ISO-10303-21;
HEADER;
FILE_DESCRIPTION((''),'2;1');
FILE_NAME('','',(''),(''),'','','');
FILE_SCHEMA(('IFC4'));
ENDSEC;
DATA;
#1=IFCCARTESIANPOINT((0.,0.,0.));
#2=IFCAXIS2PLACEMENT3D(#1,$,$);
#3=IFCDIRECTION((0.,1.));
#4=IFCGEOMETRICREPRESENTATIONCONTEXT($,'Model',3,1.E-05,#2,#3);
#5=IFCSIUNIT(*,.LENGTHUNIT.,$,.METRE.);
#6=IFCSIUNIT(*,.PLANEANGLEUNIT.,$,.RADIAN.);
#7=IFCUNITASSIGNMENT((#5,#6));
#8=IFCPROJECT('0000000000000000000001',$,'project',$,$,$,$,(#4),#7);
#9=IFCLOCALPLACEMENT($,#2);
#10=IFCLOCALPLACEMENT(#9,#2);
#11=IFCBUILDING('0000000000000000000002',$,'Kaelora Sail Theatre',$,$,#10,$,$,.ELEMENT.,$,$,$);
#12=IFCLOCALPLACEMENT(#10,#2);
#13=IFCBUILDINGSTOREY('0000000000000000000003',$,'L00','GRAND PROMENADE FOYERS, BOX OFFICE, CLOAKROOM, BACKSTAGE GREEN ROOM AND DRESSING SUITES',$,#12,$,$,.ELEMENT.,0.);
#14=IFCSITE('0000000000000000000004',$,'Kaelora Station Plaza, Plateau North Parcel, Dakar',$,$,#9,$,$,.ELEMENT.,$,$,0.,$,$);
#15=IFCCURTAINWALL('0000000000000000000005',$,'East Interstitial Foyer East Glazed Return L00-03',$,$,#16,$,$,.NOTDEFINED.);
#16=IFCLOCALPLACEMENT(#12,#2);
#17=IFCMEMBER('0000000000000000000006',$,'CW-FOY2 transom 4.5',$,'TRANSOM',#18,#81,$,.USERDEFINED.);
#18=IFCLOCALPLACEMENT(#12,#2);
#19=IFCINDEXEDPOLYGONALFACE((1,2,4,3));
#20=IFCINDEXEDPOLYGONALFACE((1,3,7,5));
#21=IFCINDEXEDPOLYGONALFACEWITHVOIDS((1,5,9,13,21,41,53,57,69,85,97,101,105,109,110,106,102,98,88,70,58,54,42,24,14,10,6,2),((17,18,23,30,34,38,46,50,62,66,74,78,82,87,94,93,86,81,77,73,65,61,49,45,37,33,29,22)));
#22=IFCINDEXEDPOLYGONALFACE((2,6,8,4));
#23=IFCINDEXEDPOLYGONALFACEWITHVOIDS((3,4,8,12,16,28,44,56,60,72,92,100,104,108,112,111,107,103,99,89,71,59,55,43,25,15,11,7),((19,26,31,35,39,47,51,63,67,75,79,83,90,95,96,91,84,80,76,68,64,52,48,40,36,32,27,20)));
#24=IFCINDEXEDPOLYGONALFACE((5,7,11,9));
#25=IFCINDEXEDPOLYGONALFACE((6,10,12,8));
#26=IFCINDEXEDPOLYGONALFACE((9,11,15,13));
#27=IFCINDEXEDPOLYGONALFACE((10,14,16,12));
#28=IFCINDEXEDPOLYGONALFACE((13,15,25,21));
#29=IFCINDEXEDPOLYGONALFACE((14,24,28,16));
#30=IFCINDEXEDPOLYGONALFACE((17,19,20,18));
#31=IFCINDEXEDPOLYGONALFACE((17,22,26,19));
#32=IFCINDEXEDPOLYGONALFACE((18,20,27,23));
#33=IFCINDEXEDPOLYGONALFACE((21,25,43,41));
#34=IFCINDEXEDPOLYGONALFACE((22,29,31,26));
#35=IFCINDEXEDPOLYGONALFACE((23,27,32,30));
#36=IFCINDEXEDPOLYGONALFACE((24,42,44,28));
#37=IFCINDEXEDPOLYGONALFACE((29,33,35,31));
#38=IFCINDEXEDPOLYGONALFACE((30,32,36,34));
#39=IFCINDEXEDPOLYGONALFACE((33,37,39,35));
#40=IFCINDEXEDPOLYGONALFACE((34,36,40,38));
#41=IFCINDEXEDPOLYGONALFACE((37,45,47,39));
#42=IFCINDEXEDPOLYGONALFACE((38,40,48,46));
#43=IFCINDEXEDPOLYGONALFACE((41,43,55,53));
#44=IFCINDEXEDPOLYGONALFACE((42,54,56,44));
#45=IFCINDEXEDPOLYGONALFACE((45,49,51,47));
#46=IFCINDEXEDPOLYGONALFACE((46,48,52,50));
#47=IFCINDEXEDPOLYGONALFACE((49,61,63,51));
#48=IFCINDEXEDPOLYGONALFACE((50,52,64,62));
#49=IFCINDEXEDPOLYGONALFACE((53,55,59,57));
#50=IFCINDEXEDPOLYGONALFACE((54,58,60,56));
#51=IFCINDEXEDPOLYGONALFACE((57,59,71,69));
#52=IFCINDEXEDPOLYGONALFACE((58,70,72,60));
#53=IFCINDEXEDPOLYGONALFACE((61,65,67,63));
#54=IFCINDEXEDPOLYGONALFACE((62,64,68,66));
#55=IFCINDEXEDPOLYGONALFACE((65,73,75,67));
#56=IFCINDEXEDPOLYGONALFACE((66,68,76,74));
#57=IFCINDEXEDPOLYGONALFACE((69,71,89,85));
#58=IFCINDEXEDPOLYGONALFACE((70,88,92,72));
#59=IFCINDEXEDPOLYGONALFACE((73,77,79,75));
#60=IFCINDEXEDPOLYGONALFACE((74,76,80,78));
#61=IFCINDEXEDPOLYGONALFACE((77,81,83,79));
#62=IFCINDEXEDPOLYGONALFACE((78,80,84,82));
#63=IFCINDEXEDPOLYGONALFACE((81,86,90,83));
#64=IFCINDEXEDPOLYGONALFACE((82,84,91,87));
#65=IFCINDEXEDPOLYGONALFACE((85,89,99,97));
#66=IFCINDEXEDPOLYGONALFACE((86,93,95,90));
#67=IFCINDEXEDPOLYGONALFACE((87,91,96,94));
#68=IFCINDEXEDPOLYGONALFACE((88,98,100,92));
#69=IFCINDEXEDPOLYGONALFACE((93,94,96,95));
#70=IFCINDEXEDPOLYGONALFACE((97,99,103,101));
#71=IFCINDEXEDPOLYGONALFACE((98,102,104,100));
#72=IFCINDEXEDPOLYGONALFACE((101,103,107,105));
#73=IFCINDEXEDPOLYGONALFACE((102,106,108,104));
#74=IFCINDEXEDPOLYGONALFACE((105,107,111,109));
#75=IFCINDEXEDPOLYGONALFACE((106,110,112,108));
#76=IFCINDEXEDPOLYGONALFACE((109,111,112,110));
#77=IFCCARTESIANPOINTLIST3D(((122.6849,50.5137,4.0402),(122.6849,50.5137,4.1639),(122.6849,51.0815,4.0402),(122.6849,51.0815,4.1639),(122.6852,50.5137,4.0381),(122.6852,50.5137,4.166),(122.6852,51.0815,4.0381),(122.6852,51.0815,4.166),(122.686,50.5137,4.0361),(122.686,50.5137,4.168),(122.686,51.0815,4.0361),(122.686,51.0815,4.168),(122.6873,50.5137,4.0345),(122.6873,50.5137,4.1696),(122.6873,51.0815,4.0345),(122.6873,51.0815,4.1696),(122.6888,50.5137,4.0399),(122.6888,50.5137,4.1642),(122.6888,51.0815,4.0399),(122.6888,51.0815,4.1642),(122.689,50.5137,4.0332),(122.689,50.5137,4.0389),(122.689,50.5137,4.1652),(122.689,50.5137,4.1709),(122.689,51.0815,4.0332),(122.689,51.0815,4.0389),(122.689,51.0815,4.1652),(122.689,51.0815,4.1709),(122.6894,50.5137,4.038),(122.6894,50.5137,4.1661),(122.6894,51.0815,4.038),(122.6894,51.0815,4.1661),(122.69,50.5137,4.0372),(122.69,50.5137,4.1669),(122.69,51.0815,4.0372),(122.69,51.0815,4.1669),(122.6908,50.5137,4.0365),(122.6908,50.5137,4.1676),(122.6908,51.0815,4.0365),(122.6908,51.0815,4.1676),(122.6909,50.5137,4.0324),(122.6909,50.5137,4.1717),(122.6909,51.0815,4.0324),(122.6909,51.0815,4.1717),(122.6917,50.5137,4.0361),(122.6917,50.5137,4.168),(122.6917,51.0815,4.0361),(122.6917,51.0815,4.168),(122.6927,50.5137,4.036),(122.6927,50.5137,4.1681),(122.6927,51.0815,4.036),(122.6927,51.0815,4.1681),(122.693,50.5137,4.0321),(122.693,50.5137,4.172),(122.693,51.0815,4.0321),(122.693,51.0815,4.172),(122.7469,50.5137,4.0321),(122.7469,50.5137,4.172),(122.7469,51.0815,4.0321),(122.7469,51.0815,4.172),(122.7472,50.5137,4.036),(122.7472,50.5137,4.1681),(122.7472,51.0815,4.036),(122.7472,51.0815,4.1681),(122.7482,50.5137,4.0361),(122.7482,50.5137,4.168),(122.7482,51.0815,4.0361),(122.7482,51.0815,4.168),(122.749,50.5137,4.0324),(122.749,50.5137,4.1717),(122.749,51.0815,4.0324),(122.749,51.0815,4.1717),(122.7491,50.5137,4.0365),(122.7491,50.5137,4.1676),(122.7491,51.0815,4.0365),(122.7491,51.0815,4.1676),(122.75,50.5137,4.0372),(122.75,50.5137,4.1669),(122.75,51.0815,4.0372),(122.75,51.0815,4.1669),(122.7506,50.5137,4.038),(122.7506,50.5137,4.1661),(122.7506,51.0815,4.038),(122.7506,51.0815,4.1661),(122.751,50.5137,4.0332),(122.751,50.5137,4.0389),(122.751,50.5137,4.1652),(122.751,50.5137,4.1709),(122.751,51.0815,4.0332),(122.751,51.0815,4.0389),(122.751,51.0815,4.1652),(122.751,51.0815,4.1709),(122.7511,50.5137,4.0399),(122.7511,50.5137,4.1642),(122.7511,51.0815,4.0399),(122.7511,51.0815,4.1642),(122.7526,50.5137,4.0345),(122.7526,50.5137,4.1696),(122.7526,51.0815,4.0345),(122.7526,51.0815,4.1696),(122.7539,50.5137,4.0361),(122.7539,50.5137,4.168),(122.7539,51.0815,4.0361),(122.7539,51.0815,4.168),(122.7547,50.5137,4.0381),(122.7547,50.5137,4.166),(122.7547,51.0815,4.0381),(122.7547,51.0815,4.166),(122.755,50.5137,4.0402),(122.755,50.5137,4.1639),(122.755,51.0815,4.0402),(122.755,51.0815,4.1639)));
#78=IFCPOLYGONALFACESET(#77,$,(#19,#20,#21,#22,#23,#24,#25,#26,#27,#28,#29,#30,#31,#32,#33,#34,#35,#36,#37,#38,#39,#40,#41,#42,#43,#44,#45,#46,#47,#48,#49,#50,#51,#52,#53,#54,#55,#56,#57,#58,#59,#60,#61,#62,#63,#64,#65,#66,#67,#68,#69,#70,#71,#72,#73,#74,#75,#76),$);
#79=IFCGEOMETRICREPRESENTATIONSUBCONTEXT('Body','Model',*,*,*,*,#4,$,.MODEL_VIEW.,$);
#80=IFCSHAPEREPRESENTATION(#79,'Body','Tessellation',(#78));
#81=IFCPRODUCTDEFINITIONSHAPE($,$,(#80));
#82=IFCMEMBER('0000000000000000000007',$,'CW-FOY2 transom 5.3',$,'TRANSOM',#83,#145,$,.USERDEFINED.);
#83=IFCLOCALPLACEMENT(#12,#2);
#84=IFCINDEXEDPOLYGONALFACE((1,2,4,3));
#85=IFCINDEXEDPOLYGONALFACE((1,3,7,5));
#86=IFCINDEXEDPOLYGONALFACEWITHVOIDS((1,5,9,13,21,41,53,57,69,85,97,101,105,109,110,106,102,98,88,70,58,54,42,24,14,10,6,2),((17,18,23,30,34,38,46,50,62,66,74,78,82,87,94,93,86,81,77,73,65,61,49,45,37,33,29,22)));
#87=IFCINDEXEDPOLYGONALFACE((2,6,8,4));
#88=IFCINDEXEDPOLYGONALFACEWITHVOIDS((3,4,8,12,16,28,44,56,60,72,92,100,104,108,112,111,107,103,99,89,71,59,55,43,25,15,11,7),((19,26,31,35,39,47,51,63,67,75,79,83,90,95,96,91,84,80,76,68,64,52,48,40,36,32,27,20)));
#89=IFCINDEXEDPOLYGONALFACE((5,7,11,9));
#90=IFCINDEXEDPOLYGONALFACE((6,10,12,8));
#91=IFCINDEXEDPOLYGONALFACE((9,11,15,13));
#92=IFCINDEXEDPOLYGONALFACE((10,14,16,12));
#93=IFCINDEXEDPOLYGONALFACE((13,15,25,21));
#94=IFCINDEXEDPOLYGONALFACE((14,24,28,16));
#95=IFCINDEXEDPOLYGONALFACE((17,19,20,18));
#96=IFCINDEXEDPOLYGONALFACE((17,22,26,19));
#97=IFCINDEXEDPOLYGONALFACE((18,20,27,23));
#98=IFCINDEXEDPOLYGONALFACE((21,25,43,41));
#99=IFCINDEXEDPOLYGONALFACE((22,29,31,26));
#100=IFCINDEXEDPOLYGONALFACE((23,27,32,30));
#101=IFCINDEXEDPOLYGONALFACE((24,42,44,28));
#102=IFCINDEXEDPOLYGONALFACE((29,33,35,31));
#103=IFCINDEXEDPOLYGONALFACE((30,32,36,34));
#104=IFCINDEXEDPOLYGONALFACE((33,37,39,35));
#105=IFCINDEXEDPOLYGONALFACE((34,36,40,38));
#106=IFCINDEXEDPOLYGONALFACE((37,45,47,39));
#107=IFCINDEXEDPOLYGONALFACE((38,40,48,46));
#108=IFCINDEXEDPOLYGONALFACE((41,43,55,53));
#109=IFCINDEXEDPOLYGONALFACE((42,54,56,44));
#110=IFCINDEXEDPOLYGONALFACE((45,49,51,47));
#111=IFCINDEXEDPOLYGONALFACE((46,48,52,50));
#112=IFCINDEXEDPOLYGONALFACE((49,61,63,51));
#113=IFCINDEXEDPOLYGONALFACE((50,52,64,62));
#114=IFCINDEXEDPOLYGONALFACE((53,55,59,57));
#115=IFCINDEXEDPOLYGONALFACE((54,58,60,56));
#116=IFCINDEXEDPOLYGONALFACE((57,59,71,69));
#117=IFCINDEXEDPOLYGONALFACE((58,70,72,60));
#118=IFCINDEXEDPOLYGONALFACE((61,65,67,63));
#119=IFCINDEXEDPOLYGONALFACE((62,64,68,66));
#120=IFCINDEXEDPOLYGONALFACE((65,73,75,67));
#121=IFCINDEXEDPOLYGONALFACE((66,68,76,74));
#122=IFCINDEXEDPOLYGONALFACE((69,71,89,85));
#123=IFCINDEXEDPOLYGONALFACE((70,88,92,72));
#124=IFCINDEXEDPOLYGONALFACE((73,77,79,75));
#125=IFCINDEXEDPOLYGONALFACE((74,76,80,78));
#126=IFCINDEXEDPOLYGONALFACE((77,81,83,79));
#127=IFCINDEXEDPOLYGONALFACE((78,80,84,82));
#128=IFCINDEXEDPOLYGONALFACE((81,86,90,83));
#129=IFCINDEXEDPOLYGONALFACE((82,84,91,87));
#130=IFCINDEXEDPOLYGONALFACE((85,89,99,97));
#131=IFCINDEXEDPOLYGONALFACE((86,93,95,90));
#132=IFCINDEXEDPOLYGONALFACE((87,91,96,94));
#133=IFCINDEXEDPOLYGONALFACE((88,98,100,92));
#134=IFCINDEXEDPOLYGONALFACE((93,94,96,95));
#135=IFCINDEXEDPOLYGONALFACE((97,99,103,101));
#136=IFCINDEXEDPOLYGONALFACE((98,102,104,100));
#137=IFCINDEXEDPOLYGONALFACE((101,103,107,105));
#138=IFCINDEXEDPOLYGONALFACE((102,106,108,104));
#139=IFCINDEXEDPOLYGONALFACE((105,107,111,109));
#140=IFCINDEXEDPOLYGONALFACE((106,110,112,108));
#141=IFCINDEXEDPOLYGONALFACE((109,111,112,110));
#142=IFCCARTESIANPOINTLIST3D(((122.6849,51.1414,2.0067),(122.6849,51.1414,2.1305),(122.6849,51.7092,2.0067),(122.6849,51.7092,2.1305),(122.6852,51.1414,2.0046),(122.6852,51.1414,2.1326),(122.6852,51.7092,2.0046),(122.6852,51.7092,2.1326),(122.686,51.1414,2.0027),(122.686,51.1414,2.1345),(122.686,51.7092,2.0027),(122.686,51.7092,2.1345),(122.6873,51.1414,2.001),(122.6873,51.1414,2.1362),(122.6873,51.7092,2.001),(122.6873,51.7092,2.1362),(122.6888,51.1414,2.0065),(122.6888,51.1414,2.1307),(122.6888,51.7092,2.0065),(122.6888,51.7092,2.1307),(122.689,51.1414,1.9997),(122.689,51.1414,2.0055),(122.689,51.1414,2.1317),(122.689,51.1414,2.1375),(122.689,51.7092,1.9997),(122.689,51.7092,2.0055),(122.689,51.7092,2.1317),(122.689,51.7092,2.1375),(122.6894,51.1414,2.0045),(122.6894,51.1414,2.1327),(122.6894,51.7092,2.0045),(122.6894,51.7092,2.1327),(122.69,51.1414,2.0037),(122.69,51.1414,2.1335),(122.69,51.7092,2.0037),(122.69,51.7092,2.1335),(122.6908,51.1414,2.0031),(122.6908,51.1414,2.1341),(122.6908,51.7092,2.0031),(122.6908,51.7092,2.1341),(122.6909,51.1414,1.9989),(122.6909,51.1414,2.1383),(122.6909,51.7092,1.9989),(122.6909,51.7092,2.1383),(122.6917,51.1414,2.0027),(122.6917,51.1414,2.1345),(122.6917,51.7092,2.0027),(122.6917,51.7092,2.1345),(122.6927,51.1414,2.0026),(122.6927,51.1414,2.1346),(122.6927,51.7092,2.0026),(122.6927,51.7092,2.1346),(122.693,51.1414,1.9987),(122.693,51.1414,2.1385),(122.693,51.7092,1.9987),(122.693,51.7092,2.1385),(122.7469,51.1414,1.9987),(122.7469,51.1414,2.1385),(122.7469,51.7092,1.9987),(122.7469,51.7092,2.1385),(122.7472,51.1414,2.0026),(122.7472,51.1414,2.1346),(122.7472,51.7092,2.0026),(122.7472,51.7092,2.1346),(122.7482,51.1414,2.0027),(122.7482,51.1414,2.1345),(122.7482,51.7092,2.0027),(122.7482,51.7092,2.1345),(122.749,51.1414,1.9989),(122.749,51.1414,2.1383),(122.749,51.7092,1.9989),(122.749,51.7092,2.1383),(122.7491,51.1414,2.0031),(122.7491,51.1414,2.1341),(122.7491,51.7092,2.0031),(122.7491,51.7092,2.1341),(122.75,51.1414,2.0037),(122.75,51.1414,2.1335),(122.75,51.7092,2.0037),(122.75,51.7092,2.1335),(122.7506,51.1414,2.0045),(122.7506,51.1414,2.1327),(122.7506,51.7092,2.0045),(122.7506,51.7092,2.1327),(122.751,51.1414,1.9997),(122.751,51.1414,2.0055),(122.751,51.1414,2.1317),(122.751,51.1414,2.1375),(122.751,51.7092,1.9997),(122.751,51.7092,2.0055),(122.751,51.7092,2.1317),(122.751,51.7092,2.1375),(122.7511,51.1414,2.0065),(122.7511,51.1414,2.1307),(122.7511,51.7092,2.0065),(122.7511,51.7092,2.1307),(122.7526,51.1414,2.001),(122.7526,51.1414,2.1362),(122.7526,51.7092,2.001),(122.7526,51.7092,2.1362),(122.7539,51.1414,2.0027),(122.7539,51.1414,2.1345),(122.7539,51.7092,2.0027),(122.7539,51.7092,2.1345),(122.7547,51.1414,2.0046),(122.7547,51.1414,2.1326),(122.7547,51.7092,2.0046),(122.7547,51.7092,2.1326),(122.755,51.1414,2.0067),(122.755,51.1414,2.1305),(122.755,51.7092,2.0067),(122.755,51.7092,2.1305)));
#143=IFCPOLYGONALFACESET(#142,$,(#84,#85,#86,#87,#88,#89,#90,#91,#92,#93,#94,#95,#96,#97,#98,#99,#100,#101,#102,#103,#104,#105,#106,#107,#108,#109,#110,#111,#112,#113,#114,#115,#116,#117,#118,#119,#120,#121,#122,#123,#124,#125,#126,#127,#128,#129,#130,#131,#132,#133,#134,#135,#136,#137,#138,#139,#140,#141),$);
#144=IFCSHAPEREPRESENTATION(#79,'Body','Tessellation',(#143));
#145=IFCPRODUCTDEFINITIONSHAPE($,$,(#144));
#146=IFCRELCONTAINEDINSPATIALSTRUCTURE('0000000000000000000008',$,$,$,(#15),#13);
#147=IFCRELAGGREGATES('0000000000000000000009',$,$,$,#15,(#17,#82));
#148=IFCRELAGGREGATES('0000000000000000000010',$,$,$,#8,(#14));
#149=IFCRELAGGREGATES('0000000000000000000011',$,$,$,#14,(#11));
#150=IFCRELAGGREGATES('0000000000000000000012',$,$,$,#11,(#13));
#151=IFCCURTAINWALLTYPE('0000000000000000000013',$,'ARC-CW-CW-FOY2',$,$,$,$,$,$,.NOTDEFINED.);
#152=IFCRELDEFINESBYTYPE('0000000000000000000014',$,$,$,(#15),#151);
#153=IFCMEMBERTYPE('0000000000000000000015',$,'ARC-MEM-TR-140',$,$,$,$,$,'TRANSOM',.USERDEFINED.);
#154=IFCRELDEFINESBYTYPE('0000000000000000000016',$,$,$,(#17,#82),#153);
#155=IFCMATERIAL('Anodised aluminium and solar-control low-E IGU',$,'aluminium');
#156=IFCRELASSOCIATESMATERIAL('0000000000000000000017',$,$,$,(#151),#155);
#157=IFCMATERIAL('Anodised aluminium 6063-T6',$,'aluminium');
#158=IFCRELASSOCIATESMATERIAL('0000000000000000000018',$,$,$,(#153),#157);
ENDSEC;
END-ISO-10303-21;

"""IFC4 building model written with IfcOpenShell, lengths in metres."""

from ifc_helpers import new_model, si_unit, direction, frame, origin, origin_2d, place, context, subcontext, project, spatial, hollow_rectangle, extrude, material, material_profile, profile_set, type_object, element, aggregate, save


model = new_model("IFC4")

# Units and contexts
model_context = context("Model", 3, precision=1e-05, world=origin(), true_north=direction((0.0, 1.0)))
body_context = subcontext(model_context, "Body", "Model", "MODEL_VIEW")
ifc_project = project(units=[si_unit("LENGTHUNIT", "METRE"), si_unit("PLANEANGLEUNIT", "RADIAN")], contexts=[model_context])

# Site, building, storey
site_placement = place(None, origin())
site = spatial("IfcSite", under=ifc_project, at=site_placement, Name="Kaelora Station Plaza, Plateau North Parcel, Dakar", CompositionType="ELEMENT", RefElevation=0.0)
building_placement = place(site_placement, origin())
building = spatial("IfcBuilding", under=site, at=building_placement, Name="Kaelora Sail Theatre", CompositionType="ELEMENT")
storey_placement = place(building_placement, origin())
storey = spatial("IfcBuildingStorey", under=building, at=storey_placement, Name="L00", Description="GRAND PROMENADE FOYERS, BOX OFFICE, CLOAKROOM, BACKSTAGE GREEN ROOM AND DRESSING SUITES", CompositionType="ELEMENT", Elevation=0.0)

# Curtain wall, members
ifc_material_1 = material(Name="Anodised aluminium and solar-control low-E IGU", Category="aluminium")
curtain_wall_type = type_object("IfcCurtainWallType", Name="ARC-CW-CW-FOY2", PredefinedType="NOTDEFINED", material=ifc_material_1)
curtain_wall_placement = place(storey_placement, origin())
curtain_wall = element("IfcCurtainWall", 1, at=curtain_wall_placement, inside=storey, type_object=curtain_wall_type, Name="East Interstitial Foyer East Glazed Return L00-03", PredefinedType="NOTDEFINED")
ifc_material_2 = material(Name="Anodised aluminium 6063-T6", Category="aluminium")
ifc_material_profile = material_profile(ifc_material_2, hollow_rectangle(XDim=0.0701, YDim=0.1399, WallThickness=0.0039, InnerFilletRadius=0.0039, OuterFilletRadius=0.0081, at=origin_2d()), Name="ALU-TRAN 70x140x4")
ifc_profile_set = profile_set([ifc_material_profile], Name="Anodised aluminium 6063-T6")
member_type = type_object("IfcMemberType", Name="ARC-MEM-TR-140", ElementType="TRANSOM", PredefinedType="USERDEFINED", material=ifc_profile_set)
member_1_placement = place(storey_placement, frame((122.72, 50.5137, 4.1021), z_axis=(0.0, 1.0, 0.0), x_axis=(-1.0, 0.0, 0.0)))
member_1 = element("IfcMember", 2, at=member_1_placement, type_object=member_type, Name="CW-FOY2 transom 4.5", ObjectType="TRANSOM", PredefinedType="USERDEFINED", context=body_context, shape_type="SweptSolid", body=[
    extrude(hollow_rectangle(XDim=0.0701, YDim=0.1399, WallThickness=0.0039, InnerFilletRadius=0.0039, OuterFilletRadius=0.0081, at=origin_2d()), origin(), (0.0, 0.0, 1.0), 0.5679),
])
member_2_placement = place(storey_placement, frame((122.72, 51.1414, 2.0686), z_axis=(0.0, 1.0, 0.0), x_axis=(-1.0, 0.0, 0.0)))
member_2 = element("IfcMember", 3, at=member_2_placement, type_object=member_type, Name="CW-FOY2 transom 5.3", ObjectType="TRANSOM", PredefinedType="USERDEFINED", context=body_context, shape_type="SweptSolid", body=[
    extrude(hollow_rectangle(XDim=0.0701, YDim=0.1399, WallThickness=0.0039, InnerFilletRadius=0.0039, OuterFilletRadius=0.0081, at=origin_2d()), origin(), (0.0, 0.0, 1.0), 0.5679),
])
aggregate(curtain_wall, [member_1, member_2])

save(model, "model.ifc")
